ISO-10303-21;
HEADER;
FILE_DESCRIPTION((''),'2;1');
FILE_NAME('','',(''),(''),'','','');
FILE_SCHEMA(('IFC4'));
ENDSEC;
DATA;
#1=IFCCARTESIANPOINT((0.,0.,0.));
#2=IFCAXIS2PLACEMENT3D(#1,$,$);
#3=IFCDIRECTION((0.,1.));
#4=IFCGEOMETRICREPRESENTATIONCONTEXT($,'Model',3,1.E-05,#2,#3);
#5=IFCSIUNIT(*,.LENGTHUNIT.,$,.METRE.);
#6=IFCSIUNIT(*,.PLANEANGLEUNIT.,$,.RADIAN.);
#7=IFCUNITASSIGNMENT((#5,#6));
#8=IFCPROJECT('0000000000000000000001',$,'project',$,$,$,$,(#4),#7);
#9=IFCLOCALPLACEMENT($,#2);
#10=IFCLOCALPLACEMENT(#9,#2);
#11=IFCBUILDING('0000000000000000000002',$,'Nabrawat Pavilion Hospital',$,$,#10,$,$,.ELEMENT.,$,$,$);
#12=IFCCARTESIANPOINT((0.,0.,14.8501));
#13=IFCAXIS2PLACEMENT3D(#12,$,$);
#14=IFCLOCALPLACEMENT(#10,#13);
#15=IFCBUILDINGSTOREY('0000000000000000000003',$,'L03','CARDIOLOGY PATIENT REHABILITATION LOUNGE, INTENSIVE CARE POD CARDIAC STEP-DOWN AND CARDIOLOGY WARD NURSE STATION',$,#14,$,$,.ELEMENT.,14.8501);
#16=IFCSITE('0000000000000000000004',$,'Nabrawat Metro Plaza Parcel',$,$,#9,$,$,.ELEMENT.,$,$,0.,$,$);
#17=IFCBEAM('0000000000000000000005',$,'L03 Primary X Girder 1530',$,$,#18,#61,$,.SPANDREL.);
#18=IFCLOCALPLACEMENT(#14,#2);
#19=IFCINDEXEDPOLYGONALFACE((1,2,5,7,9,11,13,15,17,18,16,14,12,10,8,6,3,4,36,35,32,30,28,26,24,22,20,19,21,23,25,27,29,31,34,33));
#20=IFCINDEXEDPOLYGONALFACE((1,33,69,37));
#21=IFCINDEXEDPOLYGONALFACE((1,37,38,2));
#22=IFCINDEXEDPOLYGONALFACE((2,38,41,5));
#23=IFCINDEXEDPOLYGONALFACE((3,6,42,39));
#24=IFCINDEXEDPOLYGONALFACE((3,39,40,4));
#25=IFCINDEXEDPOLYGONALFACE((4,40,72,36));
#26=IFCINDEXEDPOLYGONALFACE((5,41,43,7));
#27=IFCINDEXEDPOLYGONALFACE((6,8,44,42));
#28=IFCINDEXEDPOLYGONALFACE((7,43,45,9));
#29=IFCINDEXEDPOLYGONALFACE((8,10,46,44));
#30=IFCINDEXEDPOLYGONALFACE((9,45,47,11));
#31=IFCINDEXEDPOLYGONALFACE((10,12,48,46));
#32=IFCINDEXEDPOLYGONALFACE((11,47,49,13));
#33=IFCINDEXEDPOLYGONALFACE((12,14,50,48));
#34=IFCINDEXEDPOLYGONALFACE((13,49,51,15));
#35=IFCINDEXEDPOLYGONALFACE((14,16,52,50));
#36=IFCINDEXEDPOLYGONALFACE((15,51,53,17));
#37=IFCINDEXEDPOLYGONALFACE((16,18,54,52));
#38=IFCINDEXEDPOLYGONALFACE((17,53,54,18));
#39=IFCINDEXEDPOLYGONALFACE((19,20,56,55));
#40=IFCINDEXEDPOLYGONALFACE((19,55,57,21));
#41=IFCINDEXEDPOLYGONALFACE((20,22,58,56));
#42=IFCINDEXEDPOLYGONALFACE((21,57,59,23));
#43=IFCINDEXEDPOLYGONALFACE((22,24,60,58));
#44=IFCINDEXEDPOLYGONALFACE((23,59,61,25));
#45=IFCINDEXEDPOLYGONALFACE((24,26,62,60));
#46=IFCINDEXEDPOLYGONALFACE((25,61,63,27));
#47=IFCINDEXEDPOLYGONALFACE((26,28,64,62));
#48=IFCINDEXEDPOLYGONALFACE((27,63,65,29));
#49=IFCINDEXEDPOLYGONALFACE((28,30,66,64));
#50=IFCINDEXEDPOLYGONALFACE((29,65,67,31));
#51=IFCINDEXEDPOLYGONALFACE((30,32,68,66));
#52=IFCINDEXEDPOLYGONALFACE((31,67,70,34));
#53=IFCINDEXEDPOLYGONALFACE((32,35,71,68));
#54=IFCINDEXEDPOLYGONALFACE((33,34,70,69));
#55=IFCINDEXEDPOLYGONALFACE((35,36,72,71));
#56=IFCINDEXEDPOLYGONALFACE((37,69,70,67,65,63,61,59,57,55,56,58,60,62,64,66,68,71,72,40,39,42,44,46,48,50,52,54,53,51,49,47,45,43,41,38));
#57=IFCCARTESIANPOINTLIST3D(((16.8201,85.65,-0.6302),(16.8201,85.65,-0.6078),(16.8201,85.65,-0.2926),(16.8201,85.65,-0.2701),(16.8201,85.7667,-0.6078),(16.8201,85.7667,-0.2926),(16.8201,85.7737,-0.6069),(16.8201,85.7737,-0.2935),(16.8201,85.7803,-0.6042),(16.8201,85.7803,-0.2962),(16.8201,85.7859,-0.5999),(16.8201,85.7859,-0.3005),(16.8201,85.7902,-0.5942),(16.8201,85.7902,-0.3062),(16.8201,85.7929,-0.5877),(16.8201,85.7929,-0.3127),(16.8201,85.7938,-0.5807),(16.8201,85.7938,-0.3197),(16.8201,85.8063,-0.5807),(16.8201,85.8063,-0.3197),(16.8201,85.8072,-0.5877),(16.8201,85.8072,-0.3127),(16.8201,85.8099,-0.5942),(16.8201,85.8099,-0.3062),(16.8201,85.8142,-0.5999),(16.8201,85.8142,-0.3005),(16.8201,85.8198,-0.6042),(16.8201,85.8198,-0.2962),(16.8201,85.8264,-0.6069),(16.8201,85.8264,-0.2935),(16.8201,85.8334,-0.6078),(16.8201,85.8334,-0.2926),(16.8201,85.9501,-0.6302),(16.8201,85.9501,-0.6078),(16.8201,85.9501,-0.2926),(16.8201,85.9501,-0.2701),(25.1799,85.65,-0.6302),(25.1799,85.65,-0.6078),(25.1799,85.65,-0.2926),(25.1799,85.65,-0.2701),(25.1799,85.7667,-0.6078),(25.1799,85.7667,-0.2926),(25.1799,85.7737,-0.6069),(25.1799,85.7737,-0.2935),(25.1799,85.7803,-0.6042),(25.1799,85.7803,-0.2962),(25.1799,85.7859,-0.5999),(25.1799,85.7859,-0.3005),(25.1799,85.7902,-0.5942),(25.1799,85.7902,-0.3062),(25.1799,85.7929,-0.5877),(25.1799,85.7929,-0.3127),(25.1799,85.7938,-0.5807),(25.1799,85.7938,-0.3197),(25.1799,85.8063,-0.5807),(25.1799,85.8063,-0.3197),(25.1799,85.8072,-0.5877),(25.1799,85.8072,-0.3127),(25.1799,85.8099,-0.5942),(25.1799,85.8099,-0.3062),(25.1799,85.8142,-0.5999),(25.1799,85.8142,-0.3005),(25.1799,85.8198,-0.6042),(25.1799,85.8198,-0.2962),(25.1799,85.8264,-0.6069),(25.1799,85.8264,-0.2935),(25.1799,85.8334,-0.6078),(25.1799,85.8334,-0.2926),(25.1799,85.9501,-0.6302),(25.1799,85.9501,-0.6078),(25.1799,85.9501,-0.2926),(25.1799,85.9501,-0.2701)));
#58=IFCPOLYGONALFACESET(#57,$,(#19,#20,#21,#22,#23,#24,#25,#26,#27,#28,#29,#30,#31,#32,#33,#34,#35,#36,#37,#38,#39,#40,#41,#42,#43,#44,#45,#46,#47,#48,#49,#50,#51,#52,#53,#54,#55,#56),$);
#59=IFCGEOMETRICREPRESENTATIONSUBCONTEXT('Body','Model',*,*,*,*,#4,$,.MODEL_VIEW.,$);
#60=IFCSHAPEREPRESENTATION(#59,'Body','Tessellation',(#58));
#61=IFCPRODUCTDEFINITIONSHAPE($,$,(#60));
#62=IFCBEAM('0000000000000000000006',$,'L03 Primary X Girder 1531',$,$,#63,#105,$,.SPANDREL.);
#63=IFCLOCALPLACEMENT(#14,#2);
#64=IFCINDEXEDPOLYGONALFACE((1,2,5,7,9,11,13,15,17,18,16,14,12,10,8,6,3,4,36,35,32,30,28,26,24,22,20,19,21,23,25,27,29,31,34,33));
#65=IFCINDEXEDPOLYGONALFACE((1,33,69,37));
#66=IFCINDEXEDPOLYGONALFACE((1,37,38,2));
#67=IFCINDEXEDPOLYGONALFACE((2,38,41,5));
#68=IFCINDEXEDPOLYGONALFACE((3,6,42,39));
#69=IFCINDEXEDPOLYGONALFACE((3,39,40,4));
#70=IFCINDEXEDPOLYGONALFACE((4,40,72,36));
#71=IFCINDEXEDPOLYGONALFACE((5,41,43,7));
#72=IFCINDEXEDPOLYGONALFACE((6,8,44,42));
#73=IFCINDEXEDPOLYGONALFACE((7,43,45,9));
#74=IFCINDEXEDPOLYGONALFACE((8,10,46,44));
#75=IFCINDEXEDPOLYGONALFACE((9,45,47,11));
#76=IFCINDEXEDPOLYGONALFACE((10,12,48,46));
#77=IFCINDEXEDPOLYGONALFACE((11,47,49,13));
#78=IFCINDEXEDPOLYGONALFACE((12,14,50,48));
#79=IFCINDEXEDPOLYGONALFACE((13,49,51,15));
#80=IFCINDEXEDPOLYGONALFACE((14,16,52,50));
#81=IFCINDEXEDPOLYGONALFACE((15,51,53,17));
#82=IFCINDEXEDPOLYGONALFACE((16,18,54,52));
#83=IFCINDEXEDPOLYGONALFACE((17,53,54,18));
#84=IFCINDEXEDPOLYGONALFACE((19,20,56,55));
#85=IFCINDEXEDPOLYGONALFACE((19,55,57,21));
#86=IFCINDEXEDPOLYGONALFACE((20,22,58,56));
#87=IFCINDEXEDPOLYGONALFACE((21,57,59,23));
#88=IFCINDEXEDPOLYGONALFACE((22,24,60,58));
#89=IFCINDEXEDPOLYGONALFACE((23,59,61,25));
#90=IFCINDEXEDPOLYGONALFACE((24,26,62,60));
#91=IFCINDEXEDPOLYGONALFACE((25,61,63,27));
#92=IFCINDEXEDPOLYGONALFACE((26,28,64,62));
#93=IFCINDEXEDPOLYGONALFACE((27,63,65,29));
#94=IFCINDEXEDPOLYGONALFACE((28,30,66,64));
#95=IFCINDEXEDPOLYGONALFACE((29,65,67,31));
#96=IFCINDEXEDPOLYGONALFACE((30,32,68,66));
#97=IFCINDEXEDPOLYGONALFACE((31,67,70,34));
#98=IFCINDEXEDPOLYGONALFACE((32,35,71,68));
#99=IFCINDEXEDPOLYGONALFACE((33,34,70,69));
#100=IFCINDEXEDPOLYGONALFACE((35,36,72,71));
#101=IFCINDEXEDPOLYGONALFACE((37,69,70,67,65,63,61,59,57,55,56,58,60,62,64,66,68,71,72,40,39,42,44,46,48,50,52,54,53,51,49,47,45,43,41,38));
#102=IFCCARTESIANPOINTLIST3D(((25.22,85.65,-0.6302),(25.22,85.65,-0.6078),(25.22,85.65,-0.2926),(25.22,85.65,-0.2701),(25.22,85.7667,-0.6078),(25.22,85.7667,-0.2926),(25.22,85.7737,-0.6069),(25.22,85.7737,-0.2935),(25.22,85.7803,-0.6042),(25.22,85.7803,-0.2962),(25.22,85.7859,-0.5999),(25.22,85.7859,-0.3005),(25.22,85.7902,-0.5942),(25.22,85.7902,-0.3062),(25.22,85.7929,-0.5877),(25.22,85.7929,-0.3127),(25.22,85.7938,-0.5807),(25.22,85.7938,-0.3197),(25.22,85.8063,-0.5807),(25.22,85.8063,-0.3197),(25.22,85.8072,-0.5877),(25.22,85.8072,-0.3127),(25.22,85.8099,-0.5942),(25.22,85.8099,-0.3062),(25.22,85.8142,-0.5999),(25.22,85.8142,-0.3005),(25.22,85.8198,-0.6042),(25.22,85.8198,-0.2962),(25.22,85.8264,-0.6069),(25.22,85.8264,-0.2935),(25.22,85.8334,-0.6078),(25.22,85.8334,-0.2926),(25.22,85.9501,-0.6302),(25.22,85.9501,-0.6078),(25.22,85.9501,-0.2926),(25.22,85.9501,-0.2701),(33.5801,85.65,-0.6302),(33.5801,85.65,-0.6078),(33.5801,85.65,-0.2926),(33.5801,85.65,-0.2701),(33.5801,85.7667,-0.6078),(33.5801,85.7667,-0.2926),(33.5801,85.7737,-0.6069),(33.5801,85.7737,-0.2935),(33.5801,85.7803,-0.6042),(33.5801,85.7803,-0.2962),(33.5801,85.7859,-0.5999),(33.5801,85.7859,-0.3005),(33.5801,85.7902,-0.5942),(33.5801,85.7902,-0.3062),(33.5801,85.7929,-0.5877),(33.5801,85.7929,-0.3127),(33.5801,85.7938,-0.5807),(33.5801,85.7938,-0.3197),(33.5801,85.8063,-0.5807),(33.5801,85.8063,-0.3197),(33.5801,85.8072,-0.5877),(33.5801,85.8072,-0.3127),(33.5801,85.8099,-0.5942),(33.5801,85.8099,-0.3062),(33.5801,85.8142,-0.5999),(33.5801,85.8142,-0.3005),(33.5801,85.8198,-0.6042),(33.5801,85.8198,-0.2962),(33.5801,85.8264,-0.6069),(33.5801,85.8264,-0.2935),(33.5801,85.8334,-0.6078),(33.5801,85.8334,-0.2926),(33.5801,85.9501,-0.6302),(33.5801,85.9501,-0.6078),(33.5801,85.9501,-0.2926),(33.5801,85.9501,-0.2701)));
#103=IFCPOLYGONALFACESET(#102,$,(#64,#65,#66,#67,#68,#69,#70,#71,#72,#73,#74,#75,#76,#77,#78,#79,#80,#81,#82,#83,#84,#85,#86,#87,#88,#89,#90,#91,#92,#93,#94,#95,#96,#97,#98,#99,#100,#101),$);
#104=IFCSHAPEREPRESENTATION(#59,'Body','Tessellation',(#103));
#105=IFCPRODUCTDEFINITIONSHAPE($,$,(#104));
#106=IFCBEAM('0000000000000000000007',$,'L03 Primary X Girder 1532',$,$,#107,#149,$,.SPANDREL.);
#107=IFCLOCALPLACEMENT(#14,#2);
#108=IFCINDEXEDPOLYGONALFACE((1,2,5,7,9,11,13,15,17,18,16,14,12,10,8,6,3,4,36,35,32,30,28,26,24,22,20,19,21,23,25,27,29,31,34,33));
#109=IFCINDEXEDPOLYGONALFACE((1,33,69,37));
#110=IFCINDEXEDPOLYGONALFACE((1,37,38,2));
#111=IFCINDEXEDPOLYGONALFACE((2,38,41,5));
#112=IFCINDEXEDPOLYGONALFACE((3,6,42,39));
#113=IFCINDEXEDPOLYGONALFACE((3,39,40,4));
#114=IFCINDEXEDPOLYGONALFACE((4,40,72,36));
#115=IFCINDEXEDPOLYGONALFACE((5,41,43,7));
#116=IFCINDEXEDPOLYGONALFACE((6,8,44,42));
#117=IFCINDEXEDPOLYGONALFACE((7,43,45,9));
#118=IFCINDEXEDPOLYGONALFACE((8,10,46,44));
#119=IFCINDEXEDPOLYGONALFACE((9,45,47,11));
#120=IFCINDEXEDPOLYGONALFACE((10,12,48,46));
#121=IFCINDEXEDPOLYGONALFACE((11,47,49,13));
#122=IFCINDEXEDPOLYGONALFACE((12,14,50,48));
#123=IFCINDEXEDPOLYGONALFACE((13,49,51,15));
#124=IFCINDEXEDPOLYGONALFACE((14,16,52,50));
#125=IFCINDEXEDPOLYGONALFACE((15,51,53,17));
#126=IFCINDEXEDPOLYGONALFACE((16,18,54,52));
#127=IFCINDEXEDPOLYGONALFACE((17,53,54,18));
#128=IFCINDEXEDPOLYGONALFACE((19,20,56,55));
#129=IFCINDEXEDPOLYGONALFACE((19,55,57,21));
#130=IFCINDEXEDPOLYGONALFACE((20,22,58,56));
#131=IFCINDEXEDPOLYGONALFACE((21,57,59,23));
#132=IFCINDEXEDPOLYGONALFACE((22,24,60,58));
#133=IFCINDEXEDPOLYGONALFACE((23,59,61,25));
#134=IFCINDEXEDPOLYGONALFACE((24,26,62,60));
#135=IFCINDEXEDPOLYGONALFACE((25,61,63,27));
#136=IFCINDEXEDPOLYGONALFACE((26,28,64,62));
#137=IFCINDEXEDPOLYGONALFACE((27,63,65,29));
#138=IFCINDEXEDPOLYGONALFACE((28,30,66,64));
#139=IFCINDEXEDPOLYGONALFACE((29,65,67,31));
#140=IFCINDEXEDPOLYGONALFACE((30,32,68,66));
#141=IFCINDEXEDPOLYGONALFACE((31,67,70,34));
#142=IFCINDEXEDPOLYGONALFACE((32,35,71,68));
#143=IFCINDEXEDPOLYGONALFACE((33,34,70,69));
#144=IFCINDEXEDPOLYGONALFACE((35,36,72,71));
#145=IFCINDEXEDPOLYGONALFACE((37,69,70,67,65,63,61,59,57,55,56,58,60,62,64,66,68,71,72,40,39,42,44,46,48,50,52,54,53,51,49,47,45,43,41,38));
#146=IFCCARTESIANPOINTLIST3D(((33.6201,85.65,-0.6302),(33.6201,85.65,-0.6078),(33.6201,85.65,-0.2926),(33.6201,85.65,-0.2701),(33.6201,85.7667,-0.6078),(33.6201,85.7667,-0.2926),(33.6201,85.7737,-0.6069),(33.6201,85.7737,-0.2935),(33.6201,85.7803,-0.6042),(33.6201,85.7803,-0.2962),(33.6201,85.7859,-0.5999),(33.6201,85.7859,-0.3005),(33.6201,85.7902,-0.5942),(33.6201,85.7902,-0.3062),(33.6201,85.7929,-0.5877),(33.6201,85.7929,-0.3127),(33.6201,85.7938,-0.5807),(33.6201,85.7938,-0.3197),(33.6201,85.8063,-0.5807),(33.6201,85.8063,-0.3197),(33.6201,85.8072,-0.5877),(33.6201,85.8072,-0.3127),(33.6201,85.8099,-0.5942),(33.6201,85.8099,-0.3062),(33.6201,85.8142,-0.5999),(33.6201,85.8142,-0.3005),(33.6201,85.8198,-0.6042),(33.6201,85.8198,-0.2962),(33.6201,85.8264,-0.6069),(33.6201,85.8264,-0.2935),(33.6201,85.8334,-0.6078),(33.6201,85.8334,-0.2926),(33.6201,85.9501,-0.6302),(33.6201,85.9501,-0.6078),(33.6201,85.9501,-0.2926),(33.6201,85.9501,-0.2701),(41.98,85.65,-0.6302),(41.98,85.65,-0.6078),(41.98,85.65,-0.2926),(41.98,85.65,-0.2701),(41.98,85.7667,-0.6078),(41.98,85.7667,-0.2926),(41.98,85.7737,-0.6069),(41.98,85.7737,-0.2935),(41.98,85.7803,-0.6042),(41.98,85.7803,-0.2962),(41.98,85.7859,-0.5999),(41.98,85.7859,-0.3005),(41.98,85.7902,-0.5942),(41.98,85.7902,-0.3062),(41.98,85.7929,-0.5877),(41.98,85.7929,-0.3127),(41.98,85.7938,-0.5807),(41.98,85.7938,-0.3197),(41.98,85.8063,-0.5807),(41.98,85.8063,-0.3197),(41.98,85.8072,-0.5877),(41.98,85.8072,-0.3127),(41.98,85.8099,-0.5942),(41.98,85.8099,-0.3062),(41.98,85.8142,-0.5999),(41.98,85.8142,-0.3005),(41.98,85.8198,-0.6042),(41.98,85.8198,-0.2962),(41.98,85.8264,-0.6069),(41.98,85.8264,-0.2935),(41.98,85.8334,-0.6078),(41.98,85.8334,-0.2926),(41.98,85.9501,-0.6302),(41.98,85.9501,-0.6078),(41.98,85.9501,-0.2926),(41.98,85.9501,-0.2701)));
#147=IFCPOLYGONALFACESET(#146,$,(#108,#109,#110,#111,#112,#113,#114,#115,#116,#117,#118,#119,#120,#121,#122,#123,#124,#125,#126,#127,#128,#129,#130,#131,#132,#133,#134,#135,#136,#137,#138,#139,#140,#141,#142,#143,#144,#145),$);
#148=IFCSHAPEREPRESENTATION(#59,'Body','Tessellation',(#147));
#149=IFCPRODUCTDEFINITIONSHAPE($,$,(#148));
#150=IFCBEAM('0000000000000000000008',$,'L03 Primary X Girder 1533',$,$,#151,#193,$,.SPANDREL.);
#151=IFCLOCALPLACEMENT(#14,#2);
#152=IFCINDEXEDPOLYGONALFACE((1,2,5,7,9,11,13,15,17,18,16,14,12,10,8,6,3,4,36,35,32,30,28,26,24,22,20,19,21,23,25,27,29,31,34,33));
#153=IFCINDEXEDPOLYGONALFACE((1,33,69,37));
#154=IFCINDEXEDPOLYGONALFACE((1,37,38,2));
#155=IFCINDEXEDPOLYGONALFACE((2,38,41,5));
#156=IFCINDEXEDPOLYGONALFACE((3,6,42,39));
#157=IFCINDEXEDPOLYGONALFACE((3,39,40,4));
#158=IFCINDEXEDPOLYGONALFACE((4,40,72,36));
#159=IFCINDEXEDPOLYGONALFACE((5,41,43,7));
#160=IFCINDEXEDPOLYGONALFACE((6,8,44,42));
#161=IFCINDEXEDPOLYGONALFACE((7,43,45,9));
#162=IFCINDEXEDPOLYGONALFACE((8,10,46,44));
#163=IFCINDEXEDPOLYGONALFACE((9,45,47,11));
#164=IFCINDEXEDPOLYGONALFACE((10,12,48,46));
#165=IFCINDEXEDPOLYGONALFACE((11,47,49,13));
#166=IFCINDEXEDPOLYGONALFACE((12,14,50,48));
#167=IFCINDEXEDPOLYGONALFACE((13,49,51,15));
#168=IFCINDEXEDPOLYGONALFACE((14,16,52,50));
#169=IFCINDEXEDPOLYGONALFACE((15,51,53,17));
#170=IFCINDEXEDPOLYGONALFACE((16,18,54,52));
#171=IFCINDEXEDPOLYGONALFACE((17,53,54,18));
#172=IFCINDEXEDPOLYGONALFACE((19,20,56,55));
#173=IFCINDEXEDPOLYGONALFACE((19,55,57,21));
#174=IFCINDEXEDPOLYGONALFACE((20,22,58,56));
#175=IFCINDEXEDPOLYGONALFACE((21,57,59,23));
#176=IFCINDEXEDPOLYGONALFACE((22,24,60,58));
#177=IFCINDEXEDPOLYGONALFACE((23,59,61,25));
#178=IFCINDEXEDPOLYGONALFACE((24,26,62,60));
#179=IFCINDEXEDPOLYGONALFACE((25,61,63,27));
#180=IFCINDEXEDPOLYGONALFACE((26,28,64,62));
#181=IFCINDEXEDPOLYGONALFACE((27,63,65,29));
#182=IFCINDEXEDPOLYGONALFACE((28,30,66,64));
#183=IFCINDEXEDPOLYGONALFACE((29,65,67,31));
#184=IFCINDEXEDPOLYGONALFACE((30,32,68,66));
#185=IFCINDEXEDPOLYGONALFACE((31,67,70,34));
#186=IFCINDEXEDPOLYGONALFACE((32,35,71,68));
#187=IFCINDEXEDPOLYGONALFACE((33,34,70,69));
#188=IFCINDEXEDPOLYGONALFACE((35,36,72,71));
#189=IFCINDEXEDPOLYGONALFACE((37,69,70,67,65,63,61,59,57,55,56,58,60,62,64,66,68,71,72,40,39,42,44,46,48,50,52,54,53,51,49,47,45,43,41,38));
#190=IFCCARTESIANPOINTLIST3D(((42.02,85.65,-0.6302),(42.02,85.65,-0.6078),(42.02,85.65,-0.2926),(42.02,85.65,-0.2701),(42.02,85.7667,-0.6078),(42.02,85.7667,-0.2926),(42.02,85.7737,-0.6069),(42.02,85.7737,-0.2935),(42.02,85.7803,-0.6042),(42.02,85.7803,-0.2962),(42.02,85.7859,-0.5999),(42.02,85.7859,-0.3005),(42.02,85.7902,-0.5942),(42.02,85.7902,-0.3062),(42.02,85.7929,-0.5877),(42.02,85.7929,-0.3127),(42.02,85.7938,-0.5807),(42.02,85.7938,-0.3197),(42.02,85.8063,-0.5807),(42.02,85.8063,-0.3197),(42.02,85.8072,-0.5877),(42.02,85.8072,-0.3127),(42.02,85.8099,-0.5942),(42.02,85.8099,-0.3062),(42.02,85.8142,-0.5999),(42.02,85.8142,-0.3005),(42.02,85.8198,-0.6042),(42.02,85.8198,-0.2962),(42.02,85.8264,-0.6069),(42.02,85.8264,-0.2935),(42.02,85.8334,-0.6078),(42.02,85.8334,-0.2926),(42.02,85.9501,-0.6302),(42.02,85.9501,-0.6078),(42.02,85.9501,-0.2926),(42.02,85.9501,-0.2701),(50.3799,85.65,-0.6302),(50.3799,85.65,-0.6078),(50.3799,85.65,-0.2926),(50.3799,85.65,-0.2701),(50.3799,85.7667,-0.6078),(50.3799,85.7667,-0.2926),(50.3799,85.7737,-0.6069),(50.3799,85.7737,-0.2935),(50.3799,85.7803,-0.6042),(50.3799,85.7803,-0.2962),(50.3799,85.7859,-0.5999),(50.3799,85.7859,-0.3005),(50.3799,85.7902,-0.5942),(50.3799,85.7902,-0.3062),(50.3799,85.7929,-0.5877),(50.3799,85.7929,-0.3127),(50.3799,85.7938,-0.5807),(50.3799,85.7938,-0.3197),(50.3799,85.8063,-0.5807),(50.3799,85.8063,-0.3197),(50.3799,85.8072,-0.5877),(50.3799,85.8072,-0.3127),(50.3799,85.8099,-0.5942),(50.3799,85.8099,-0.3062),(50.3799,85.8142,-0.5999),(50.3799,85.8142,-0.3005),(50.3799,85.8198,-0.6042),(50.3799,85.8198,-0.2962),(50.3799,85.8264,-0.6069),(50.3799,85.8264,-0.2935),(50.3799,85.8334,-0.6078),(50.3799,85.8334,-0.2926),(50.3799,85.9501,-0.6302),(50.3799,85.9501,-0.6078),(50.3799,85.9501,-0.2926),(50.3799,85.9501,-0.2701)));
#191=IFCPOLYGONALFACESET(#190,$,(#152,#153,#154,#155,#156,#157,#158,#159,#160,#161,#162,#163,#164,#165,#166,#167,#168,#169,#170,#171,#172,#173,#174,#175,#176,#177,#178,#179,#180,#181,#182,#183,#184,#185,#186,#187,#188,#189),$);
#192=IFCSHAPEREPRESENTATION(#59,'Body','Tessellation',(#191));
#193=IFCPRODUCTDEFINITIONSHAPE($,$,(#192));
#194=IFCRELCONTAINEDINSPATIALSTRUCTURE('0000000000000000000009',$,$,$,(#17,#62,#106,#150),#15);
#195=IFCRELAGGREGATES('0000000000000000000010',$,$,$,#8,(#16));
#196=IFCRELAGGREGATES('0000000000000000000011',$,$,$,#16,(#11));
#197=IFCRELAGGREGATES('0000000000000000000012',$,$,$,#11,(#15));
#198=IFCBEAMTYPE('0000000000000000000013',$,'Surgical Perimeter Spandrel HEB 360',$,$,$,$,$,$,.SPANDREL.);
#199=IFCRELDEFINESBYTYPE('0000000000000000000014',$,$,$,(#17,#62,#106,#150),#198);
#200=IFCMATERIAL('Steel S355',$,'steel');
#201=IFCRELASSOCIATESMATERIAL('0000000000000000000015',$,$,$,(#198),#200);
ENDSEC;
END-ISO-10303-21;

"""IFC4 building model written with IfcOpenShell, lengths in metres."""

from ifc_helpers import new_model, si_unit, direction, frame, origin, origin_2d, place, context, subcontext, project, spatial, i_section, extrude, material, material_profile, profile_set, type_object, element, save


model = new_model("IFC4")

# Units and contexts
model_context = context("Model", 3, precision=1e-05, world=origin(), true_north=direction((0.0, 1.0)))
body_context = subcontext(model_context, "Body", "Model", "MODEL_VIEW")
ifc_project = project(units=[si_unit("LENGTHUNIT", "METRE"), si_unit("PLANEANGLEUNIT", "RADIAN")], contexts=[model_context])

# Site, building, storey
site_placement = place(None, origin())
site = spatial("IfcSite", under=ifc_project, at=site_placement, Name="Nabrawat Metro Plaza Parcel", CompositionType="ELEMENT", RefElevation=0.0)
building_placement = place(site_placement, origin())
building = spatial("IfcBuilding", under=site, at=building_placement, Name="Nabrawat Pavilion Hospital", CompositionType="ELEMENT")
storey_placement = place(building_placement, frame((0.0, 0.0, 14.8501)))
storey = spatial("IfcBuildingStorey", under=building, at=storey_placement, Name="L03", Description="CARDIOLOGY PATIENT REHABILITATION LOUNGE, INTENSIVE CARE POD CARDIAC STEP-DOWN AND CARDIOLOGY WARD NURSE STATION", CompositionType="ELEMENT", Elevation=14.8501)

# Shared definitions
ifc_material_1 = material(Name="Steel S355", Category="steel")

# Beams
ifc_material_profile_1 = material_profile(ifc_material_1, i_section(OverallWidth=0.3, OverallDepth=0.3601, WebThickness=0.0125, FlangeThickness=0.0225, FilletRadius=0.0271, at=origin_2d()), Name="HEB 360")
ifc_profile_set_1 = profile_set([ifc_material_profile_1], Name="Steel S355")
beam_type_1 = type_object("IfcBeamType", Name="Surgical Perimeter Spandrel HEB 360", PredefinedType="SPANDREL", material=ifc_profile_set_1)
beam_1_placement = place(storey_placement, frame((16.8201, 85.8, -0.4502), z_axis=(1.0, 0.0, 0.0), x_axis=(0.0, 1.0, 0.0)))
element("IfcBeam", 1, at=beam_1_placement, inside=storey, type_object=beam_type_1, Name="L03 Primary X Girder 1530", PredefinedType="SPANDREL", context=body_context, shape_type="SweptSolid", body=[
    extrude(i_section(OverallWidth=0.3, OverallDepth=0.3601, WebThickness=0.0125, FlangeThickness=0.0225, FilletRadius=0.0271, at=origin_2d()), origin(), (0.0, 0.0, 1.0), 8.3599),
])
beam_2_placement = place(storey_placement, frame((25.22, 85.8, -0.4502), z_axis=(1.0, 0.0, 0.0), x_axis=(0.0, 1.0, 0.0)))
element("IfcBeam", 2, at=beam_2_placement, inside=storey, type_object=beam_type_1, Name="L03 Primary X Girder 1531", PredefinedType="SPANDREL", context=body_context, shape_type="SweptSolid", body=[
    extrude(i_section(OverallWidth=0.3, OverallDepth=0.3601, WebThickness=0.0125, FlangeThickness=0.0225, FilletRadius=0.0271, at=origin_2d()), origin(), (0.0, 0.0, 1.0), 8.3601),
])
for number, where, z_axis, x_axis, name in (
    (3, (33.6201, 85.8, -0.4502), (1.0, 0.0, 0.0), (0.0, 1.0, 0.0), "L03 Primary X Girder 1532"),
    (4, (42.02, 85.8, -0.4502), (1.0, 0.0, 0.0), (0.0, 1.0, 0.0), "L03 Primary X Girder 1533"),
):
    element("IfcBeam", number, at=place(storey_placement, frame(where, z_axis=z_axis, x_axis=x_axis)), inside=storey, type_object=beam_type_1, Name=name, PredefinedType="SPANDREL", context=body_context, shape_type="SweptSolid", body=[
        extrude(i_section(OverallWidth=0.3, OverallDepth=0.3601, WebThickness=0.0125, FlangeThickness=0.0225, FilletRadius=0.0271, at=origin_2d()), origin(), (0.0, 0.0, 1.0), 8.3599),
    ])

save(model, "model.ifc")
